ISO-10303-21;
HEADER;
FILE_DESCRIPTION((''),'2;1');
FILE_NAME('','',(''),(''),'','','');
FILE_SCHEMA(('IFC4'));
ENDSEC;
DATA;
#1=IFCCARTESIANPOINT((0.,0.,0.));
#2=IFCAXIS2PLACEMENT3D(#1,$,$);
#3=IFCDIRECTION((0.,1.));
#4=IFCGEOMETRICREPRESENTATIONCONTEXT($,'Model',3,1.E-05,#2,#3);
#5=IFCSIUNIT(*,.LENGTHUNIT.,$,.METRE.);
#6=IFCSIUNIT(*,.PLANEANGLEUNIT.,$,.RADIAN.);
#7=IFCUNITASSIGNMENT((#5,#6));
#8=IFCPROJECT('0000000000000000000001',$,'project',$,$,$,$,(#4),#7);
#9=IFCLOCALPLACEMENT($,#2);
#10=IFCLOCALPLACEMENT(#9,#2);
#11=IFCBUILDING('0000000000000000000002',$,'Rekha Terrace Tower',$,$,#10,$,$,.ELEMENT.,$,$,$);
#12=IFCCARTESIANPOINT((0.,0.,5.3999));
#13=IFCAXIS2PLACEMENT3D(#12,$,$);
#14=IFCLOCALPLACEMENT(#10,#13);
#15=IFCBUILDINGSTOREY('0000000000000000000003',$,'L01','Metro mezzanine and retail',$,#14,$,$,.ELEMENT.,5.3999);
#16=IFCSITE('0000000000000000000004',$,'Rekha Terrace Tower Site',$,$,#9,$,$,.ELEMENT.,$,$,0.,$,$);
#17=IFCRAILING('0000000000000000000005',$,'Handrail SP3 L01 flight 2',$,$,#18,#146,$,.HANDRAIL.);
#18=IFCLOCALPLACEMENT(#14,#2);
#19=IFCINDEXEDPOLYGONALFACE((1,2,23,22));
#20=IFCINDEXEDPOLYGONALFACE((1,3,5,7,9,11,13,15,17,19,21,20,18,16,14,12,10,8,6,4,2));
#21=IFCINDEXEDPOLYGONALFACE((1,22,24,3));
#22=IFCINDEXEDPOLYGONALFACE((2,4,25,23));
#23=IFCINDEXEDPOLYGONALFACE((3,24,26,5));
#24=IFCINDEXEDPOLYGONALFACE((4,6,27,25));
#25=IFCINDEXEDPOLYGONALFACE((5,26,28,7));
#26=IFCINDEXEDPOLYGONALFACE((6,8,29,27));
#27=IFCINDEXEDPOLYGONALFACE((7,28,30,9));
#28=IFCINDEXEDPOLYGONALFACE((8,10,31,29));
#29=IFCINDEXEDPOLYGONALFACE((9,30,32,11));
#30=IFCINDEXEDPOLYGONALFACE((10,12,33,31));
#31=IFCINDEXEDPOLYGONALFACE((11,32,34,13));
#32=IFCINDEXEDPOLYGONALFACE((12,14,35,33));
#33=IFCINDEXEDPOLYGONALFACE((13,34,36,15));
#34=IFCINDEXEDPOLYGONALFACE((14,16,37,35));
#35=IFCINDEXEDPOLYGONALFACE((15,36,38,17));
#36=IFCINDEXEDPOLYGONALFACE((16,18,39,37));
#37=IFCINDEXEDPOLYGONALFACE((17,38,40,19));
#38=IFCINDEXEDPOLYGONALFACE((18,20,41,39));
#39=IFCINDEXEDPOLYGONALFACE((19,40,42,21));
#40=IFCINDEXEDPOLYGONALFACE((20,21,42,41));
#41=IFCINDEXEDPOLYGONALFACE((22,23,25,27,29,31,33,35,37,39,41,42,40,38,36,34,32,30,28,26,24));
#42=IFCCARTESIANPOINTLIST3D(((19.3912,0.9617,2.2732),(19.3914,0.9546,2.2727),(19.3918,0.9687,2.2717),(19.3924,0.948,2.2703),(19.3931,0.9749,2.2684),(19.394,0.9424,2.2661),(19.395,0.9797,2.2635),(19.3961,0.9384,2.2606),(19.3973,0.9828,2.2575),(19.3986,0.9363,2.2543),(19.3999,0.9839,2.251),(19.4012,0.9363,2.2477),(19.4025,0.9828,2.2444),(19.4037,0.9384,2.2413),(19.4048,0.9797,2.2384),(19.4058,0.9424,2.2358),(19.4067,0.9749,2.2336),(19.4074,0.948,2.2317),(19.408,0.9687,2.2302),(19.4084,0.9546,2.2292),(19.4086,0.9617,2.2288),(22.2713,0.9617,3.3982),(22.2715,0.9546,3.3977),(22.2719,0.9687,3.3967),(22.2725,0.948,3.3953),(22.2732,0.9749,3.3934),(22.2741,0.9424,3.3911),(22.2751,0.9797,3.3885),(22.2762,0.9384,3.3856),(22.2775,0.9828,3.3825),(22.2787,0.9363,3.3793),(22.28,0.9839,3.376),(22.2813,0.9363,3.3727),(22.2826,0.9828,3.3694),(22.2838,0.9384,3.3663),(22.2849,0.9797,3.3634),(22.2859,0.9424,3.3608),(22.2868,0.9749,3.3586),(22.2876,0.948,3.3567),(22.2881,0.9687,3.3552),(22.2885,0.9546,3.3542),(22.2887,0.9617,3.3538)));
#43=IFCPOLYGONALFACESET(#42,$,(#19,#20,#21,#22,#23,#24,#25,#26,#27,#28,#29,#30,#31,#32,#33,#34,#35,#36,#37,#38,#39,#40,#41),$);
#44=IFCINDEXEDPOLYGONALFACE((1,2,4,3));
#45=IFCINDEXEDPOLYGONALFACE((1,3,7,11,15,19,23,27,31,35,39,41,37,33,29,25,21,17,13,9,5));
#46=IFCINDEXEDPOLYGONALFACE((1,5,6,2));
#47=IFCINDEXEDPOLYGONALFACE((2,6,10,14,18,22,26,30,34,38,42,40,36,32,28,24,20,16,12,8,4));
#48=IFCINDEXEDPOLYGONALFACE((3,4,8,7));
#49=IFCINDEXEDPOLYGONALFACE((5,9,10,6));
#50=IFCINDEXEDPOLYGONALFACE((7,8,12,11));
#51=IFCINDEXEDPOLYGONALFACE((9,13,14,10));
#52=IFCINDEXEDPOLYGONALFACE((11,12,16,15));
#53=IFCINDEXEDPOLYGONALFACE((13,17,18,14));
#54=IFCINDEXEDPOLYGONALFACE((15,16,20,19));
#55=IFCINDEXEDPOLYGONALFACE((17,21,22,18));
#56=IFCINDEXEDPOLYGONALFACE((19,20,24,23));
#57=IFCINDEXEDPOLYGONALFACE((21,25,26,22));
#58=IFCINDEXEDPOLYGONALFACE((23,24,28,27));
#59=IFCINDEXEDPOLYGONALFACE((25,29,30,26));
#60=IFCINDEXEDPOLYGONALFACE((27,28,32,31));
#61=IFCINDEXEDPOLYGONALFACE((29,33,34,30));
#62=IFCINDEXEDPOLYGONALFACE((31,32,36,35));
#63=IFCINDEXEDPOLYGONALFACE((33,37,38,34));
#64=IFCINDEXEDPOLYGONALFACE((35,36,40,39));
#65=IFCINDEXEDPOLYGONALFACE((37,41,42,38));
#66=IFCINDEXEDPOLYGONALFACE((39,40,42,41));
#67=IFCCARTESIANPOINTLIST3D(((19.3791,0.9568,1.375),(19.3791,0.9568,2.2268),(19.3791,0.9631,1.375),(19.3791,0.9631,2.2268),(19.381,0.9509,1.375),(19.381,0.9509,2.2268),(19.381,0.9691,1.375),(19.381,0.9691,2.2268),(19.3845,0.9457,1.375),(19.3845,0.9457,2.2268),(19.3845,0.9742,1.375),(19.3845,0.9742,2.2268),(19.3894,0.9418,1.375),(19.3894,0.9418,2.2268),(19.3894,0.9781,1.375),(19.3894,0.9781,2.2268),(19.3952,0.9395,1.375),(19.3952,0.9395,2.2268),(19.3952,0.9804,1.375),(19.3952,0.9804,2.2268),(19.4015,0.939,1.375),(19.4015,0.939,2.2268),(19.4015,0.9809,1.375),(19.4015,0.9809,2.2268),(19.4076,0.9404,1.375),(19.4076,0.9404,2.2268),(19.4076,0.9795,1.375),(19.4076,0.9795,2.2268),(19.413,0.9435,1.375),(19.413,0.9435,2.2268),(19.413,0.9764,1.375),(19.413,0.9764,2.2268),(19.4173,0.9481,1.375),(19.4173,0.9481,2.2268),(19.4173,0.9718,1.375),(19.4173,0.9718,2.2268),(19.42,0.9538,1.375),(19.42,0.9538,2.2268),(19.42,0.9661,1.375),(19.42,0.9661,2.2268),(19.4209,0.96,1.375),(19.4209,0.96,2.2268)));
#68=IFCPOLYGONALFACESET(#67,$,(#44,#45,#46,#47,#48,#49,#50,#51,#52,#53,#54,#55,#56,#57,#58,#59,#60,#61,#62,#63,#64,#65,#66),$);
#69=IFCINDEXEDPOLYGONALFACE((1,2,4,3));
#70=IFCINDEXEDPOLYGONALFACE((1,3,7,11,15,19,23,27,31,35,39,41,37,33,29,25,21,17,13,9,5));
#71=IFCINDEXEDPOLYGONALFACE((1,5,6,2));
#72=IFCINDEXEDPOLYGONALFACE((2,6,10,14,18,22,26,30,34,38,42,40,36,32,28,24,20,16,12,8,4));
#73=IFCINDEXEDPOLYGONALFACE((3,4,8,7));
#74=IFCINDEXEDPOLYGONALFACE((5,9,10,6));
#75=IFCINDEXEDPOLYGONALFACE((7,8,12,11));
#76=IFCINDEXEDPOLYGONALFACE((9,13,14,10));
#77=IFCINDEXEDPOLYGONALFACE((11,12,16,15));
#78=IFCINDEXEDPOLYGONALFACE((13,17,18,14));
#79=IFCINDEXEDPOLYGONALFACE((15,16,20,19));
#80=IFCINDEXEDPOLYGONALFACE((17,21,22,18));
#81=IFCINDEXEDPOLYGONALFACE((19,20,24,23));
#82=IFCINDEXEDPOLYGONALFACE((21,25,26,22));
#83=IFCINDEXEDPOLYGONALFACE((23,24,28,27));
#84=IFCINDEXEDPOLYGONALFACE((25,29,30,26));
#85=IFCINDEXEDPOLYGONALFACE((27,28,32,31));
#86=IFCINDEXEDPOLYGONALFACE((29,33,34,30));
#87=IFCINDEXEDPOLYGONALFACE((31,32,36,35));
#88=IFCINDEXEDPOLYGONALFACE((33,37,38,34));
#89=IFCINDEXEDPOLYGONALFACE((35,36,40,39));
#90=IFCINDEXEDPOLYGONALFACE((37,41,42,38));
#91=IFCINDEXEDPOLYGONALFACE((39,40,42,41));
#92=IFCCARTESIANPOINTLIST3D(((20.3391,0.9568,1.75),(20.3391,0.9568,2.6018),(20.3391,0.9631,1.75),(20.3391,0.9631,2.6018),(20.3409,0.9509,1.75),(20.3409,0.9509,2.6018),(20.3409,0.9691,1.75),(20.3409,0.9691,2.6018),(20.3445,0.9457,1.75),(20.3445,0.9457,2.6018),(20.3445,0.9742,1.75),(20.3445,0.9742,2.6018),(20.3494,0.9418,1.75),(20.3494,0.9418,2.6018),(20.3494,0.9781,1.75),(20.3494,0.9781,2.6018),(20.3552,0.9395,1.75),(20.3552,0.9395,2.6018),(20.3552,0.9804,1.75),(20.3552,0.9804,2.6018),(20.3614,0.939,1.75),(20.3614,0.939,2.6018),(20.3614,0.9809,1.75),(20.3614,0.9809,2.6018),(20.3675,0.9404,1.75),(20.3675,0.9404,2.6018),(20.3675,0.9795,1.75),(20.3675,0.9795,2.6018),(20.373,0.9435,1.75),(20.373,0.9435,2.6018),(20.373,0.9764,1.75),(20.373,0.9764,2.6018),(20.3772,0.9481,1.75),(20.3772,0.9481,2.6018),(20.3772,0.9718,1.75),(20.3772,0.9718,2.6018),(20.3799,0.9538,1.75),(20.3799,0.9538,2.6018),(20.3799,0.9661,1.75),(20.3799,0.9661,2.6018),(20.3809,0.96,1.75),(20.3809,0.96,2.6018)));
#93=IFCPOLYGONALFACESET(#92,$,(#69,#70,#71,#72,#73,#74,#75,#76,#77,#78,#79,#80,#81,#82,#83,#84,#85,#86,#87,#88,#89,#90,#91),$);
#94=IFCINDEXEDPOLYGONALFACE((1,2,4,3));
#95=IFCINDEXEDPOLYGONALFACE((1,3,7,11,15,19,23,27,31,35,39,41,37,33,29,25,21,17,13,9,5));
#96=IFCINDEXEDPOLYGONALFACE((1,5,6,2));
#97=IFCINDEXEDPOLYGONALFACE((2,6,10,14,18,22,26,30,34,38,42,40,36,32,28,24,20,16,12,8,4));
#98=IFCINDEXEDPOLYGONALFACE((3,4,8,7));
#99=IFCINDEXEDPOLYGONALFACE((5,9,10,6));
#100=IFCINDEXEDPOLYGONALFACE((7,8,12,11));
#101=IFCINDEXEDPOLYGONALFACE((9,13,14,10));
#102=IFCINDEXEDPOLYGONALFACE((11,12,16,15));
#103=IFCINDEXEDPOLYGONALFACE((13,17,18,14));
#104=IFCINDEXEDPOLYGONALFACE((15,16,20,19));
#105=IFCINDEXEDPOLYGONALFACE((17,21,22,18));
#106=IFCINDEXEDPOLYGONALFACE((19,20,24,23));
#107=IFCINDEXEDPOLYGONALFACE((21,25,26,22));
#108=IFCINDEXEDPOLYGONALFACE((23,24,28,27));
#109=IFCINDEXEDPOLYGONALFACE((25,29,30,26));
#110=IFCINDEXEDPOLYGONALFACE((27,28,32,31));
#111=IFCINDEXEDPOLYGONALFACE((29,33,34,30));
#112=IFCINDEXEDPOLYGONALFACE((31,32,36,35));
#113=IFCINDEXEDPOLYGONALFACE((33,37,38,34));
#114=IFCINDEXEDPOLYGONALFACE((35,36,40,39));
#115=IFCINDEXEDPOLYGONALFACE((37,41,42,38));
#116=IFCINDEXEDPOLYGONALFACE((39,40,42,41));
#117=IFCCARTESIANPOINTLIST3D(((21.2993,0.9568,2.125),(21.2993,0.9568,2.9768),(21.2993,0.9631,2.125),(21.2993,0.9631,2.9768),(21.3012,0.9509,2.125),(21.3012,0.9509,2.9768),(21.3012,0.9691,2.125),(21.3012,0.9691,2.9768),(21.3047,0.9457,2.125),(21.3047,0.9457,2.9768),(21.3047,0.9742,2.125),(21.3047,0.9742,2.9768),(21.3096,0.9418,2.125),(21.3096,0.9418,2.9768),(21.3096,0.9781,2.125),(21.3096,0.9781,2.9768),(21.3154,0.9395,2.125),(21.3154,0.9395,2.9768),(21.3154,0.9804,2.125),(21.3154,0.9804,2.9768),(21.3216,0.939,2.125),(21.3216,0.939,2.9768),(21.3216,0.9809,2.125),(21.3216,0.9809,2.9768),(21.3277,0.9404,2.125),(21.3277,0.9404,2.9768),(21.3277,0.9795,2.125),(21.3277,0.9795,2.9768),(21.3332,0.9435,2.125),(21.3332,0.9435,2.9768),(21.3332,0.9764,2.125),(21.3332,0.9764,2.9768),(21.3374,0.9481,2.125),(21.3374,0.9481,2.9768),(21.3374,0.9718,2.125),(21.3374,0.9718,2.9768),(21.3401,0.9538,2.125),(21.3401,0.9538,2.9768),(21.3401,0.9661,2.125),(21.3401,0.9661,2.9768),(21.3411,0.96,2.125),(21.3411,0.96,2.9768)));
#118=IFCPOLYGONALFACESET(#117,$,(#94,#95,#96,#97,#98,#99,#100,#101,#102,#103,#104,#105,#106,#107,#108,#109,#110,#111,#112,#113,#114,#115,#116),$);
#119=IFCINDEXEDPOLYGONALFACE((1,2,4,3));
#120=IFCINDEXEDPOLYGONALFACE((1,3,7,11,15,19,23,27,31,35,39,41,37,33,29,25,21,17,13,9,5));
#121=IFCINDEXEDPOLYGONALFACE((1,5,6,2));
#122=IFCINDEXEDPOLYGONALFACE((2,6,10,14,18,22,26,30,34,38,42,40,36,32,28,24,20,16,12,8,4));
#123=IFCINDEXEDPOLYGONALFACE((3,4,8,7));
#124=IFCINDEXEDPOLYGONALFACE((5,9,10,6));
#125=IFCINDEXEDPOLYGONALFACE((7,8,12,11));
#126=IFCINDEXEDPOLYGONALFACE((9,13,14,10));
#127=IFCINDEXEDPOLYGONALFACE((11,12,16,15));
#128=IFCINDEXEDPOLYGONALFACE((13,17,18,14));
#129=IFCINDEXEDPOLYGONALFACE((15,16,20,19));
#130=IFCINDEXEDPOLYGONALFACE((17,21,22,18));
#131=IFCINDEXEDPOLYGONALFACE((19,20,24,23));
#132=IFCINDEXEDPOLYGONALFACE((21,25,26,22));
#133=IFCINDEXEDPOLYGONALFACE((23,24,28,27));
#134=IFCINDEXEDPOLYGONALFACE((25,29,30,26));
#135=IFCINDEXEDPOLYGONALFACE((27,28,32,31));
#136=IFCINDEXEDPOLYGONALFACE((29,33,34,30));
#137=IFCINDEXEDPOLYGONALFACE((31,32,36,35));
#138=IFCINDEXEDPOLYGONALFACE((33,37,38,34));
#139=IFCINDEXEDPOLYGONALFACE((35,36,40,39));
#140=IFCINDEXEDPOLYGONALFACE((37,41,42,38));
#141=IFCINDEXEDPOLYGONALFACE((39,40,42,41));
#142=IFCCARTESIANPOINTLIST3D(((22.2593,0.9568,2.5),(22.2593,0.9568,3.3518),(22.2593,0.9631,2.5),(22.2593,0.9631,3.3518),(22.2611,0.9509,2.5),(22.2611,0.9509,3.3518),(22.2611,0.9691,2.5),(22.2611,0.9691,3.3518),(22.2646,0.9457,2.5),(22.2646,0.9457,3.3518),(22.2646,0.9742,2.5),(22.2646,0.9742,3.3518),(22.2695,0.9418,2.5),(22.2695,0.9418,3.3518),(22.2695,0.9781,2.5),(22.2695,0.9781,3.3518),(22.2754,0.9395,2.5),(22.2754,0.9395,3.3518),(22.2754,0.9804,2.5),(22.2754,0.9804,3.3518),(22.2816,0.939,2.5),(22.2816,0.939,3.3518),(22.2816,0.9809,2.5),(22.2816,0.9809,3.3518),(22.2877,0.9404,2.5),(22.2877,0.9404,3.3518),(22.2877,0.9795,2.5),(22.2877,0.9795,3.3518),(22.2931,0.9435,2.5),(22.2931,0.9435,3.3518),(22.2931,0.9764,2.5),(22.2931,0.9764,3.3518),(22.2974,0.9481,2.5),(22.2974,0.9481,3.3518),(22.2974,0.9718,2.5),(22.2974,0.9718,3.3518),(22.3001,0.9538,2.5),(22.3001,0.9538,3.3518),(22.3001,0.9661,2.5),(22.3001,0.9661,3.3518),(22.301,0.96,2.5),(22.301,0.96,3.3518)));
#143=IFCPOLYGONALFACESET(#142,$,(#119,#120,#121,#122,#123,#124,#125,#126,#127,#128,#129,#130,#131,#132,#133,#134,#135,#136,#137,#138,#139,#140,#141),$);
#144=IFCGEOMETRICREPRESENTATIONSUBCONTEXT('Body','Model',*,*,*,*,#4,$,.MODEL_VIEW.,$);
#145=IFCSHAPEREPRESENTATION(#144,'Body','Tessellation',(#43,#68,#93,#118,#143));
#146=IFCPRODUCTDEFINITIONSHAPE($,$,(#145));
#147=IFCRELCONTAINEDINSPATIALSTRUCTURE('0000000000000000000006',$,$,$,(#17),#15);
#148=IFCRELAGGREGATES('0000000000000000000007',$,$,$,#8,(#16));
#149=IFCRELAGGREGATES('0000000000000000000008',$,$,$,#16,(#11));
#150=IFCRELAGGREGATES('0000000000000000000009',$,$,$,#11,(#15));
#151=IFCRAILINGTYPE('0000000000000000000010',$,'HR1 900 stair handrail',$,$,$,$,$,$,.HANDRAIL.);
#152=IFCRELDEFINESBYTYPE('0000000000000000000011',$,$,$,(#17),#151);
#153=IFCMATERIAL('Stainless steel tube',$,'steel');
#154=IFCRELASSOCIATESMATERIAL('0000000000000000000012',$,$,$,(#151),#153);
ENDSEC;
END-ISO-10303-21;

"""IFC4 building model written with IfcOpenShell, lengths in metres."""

from ifc_helpers import new_model, si_unit, direction, frame, origin, origin_2d, place, context, subcontext, project, spatial, circle, extrude, material, type_object, element, save


model = new_model("IFC4")

# Units and contexts
model_context = context("Model", 3, precision=1e-05, world=origin(), true_north=direction((0.0, 1.0)))
body_context = subcontext(model_context, "Body", "Model", "MODEL_VIEW")
ifc_project = project(units=[si_unit("LENGTHUNIT", "METRE"), si_unit("PLANEANGLEUNIT", "RADIAN")], contexts=[model_context])

# Site, building, storey
site_placement = place(None, origin())
site = spatial("IfcSite", under=ifc_project, at=site_placement, Name="Rekha Terrace Tower Site", CompositionType="ELEMENT", RefElevation=0.0)
building_placement = place(site_placement, origin())
building = spatial("IfcBuilding", under=site, at=building_placement, Name="Rekha Terrace Tower", CompositionType="ELEMENT")
storey_placement = place(building_placement, frame((0.0, 0.0, 5.3999)))
storey = spatial("IfcBuildingStorey", under=building, at=storey_placement, Name="L01", Description="Metro mezzanine and retail", CompositionType="ELEMENT", Elevation=5.3999)

# Railing
ifc_material_1 = material(Name="Stainless steel tube", Category="steel")
railing_type_1 = type_object("IfcRailingType", Name="HR1 900 stair handrail", PredefinedType="HANDRAIL", material=ifc_material_1)
railing_1_placement = place(storey_placement, frame((19.3999, 0.96, 1.375)))
element("IfcRailing", 1, at=railing_1_placement, inside=storey, type_object=railing_type_1, Name="Handrail SP3 L01 flight 2", PredefinedType="HANDRAIL", context=body_context, shape_type="SweptSolid", body=[
    extrude(circle(Radius=0.0239, at=origin_2d()), frame((0.0, 0.0, 0.876), z_axis=(0.931463, 0.0, 0.363837), x_axis=(0.0, 1.0, 0.0)), (0.0, 0.0, 1.0), 3.092),
    extrude(circle(Radius=0.021, at=origin_2d()), origin(), (0.0, 0.0, 1.0), 0.8518),
    extrude(circle(Radius=0.021, at=origin_2d()), frame((0.96, 0.0, 0.375)), (0.0, 0.0, 1.0), 0.8518),
    extrude(circle(Radius=0.021, at=origin_2d()), frame((1.9202, 0.0, 0.75)), (0.0, 0.0, 1.0), 0.8518),
    extrude(circle(Radius=0.021, at=origin_2d()), frame((2.8801, 0.0, 1.125)), (0.0, 0.0, 1.0), 0.8518),
])

save(model, "model.ifc")
